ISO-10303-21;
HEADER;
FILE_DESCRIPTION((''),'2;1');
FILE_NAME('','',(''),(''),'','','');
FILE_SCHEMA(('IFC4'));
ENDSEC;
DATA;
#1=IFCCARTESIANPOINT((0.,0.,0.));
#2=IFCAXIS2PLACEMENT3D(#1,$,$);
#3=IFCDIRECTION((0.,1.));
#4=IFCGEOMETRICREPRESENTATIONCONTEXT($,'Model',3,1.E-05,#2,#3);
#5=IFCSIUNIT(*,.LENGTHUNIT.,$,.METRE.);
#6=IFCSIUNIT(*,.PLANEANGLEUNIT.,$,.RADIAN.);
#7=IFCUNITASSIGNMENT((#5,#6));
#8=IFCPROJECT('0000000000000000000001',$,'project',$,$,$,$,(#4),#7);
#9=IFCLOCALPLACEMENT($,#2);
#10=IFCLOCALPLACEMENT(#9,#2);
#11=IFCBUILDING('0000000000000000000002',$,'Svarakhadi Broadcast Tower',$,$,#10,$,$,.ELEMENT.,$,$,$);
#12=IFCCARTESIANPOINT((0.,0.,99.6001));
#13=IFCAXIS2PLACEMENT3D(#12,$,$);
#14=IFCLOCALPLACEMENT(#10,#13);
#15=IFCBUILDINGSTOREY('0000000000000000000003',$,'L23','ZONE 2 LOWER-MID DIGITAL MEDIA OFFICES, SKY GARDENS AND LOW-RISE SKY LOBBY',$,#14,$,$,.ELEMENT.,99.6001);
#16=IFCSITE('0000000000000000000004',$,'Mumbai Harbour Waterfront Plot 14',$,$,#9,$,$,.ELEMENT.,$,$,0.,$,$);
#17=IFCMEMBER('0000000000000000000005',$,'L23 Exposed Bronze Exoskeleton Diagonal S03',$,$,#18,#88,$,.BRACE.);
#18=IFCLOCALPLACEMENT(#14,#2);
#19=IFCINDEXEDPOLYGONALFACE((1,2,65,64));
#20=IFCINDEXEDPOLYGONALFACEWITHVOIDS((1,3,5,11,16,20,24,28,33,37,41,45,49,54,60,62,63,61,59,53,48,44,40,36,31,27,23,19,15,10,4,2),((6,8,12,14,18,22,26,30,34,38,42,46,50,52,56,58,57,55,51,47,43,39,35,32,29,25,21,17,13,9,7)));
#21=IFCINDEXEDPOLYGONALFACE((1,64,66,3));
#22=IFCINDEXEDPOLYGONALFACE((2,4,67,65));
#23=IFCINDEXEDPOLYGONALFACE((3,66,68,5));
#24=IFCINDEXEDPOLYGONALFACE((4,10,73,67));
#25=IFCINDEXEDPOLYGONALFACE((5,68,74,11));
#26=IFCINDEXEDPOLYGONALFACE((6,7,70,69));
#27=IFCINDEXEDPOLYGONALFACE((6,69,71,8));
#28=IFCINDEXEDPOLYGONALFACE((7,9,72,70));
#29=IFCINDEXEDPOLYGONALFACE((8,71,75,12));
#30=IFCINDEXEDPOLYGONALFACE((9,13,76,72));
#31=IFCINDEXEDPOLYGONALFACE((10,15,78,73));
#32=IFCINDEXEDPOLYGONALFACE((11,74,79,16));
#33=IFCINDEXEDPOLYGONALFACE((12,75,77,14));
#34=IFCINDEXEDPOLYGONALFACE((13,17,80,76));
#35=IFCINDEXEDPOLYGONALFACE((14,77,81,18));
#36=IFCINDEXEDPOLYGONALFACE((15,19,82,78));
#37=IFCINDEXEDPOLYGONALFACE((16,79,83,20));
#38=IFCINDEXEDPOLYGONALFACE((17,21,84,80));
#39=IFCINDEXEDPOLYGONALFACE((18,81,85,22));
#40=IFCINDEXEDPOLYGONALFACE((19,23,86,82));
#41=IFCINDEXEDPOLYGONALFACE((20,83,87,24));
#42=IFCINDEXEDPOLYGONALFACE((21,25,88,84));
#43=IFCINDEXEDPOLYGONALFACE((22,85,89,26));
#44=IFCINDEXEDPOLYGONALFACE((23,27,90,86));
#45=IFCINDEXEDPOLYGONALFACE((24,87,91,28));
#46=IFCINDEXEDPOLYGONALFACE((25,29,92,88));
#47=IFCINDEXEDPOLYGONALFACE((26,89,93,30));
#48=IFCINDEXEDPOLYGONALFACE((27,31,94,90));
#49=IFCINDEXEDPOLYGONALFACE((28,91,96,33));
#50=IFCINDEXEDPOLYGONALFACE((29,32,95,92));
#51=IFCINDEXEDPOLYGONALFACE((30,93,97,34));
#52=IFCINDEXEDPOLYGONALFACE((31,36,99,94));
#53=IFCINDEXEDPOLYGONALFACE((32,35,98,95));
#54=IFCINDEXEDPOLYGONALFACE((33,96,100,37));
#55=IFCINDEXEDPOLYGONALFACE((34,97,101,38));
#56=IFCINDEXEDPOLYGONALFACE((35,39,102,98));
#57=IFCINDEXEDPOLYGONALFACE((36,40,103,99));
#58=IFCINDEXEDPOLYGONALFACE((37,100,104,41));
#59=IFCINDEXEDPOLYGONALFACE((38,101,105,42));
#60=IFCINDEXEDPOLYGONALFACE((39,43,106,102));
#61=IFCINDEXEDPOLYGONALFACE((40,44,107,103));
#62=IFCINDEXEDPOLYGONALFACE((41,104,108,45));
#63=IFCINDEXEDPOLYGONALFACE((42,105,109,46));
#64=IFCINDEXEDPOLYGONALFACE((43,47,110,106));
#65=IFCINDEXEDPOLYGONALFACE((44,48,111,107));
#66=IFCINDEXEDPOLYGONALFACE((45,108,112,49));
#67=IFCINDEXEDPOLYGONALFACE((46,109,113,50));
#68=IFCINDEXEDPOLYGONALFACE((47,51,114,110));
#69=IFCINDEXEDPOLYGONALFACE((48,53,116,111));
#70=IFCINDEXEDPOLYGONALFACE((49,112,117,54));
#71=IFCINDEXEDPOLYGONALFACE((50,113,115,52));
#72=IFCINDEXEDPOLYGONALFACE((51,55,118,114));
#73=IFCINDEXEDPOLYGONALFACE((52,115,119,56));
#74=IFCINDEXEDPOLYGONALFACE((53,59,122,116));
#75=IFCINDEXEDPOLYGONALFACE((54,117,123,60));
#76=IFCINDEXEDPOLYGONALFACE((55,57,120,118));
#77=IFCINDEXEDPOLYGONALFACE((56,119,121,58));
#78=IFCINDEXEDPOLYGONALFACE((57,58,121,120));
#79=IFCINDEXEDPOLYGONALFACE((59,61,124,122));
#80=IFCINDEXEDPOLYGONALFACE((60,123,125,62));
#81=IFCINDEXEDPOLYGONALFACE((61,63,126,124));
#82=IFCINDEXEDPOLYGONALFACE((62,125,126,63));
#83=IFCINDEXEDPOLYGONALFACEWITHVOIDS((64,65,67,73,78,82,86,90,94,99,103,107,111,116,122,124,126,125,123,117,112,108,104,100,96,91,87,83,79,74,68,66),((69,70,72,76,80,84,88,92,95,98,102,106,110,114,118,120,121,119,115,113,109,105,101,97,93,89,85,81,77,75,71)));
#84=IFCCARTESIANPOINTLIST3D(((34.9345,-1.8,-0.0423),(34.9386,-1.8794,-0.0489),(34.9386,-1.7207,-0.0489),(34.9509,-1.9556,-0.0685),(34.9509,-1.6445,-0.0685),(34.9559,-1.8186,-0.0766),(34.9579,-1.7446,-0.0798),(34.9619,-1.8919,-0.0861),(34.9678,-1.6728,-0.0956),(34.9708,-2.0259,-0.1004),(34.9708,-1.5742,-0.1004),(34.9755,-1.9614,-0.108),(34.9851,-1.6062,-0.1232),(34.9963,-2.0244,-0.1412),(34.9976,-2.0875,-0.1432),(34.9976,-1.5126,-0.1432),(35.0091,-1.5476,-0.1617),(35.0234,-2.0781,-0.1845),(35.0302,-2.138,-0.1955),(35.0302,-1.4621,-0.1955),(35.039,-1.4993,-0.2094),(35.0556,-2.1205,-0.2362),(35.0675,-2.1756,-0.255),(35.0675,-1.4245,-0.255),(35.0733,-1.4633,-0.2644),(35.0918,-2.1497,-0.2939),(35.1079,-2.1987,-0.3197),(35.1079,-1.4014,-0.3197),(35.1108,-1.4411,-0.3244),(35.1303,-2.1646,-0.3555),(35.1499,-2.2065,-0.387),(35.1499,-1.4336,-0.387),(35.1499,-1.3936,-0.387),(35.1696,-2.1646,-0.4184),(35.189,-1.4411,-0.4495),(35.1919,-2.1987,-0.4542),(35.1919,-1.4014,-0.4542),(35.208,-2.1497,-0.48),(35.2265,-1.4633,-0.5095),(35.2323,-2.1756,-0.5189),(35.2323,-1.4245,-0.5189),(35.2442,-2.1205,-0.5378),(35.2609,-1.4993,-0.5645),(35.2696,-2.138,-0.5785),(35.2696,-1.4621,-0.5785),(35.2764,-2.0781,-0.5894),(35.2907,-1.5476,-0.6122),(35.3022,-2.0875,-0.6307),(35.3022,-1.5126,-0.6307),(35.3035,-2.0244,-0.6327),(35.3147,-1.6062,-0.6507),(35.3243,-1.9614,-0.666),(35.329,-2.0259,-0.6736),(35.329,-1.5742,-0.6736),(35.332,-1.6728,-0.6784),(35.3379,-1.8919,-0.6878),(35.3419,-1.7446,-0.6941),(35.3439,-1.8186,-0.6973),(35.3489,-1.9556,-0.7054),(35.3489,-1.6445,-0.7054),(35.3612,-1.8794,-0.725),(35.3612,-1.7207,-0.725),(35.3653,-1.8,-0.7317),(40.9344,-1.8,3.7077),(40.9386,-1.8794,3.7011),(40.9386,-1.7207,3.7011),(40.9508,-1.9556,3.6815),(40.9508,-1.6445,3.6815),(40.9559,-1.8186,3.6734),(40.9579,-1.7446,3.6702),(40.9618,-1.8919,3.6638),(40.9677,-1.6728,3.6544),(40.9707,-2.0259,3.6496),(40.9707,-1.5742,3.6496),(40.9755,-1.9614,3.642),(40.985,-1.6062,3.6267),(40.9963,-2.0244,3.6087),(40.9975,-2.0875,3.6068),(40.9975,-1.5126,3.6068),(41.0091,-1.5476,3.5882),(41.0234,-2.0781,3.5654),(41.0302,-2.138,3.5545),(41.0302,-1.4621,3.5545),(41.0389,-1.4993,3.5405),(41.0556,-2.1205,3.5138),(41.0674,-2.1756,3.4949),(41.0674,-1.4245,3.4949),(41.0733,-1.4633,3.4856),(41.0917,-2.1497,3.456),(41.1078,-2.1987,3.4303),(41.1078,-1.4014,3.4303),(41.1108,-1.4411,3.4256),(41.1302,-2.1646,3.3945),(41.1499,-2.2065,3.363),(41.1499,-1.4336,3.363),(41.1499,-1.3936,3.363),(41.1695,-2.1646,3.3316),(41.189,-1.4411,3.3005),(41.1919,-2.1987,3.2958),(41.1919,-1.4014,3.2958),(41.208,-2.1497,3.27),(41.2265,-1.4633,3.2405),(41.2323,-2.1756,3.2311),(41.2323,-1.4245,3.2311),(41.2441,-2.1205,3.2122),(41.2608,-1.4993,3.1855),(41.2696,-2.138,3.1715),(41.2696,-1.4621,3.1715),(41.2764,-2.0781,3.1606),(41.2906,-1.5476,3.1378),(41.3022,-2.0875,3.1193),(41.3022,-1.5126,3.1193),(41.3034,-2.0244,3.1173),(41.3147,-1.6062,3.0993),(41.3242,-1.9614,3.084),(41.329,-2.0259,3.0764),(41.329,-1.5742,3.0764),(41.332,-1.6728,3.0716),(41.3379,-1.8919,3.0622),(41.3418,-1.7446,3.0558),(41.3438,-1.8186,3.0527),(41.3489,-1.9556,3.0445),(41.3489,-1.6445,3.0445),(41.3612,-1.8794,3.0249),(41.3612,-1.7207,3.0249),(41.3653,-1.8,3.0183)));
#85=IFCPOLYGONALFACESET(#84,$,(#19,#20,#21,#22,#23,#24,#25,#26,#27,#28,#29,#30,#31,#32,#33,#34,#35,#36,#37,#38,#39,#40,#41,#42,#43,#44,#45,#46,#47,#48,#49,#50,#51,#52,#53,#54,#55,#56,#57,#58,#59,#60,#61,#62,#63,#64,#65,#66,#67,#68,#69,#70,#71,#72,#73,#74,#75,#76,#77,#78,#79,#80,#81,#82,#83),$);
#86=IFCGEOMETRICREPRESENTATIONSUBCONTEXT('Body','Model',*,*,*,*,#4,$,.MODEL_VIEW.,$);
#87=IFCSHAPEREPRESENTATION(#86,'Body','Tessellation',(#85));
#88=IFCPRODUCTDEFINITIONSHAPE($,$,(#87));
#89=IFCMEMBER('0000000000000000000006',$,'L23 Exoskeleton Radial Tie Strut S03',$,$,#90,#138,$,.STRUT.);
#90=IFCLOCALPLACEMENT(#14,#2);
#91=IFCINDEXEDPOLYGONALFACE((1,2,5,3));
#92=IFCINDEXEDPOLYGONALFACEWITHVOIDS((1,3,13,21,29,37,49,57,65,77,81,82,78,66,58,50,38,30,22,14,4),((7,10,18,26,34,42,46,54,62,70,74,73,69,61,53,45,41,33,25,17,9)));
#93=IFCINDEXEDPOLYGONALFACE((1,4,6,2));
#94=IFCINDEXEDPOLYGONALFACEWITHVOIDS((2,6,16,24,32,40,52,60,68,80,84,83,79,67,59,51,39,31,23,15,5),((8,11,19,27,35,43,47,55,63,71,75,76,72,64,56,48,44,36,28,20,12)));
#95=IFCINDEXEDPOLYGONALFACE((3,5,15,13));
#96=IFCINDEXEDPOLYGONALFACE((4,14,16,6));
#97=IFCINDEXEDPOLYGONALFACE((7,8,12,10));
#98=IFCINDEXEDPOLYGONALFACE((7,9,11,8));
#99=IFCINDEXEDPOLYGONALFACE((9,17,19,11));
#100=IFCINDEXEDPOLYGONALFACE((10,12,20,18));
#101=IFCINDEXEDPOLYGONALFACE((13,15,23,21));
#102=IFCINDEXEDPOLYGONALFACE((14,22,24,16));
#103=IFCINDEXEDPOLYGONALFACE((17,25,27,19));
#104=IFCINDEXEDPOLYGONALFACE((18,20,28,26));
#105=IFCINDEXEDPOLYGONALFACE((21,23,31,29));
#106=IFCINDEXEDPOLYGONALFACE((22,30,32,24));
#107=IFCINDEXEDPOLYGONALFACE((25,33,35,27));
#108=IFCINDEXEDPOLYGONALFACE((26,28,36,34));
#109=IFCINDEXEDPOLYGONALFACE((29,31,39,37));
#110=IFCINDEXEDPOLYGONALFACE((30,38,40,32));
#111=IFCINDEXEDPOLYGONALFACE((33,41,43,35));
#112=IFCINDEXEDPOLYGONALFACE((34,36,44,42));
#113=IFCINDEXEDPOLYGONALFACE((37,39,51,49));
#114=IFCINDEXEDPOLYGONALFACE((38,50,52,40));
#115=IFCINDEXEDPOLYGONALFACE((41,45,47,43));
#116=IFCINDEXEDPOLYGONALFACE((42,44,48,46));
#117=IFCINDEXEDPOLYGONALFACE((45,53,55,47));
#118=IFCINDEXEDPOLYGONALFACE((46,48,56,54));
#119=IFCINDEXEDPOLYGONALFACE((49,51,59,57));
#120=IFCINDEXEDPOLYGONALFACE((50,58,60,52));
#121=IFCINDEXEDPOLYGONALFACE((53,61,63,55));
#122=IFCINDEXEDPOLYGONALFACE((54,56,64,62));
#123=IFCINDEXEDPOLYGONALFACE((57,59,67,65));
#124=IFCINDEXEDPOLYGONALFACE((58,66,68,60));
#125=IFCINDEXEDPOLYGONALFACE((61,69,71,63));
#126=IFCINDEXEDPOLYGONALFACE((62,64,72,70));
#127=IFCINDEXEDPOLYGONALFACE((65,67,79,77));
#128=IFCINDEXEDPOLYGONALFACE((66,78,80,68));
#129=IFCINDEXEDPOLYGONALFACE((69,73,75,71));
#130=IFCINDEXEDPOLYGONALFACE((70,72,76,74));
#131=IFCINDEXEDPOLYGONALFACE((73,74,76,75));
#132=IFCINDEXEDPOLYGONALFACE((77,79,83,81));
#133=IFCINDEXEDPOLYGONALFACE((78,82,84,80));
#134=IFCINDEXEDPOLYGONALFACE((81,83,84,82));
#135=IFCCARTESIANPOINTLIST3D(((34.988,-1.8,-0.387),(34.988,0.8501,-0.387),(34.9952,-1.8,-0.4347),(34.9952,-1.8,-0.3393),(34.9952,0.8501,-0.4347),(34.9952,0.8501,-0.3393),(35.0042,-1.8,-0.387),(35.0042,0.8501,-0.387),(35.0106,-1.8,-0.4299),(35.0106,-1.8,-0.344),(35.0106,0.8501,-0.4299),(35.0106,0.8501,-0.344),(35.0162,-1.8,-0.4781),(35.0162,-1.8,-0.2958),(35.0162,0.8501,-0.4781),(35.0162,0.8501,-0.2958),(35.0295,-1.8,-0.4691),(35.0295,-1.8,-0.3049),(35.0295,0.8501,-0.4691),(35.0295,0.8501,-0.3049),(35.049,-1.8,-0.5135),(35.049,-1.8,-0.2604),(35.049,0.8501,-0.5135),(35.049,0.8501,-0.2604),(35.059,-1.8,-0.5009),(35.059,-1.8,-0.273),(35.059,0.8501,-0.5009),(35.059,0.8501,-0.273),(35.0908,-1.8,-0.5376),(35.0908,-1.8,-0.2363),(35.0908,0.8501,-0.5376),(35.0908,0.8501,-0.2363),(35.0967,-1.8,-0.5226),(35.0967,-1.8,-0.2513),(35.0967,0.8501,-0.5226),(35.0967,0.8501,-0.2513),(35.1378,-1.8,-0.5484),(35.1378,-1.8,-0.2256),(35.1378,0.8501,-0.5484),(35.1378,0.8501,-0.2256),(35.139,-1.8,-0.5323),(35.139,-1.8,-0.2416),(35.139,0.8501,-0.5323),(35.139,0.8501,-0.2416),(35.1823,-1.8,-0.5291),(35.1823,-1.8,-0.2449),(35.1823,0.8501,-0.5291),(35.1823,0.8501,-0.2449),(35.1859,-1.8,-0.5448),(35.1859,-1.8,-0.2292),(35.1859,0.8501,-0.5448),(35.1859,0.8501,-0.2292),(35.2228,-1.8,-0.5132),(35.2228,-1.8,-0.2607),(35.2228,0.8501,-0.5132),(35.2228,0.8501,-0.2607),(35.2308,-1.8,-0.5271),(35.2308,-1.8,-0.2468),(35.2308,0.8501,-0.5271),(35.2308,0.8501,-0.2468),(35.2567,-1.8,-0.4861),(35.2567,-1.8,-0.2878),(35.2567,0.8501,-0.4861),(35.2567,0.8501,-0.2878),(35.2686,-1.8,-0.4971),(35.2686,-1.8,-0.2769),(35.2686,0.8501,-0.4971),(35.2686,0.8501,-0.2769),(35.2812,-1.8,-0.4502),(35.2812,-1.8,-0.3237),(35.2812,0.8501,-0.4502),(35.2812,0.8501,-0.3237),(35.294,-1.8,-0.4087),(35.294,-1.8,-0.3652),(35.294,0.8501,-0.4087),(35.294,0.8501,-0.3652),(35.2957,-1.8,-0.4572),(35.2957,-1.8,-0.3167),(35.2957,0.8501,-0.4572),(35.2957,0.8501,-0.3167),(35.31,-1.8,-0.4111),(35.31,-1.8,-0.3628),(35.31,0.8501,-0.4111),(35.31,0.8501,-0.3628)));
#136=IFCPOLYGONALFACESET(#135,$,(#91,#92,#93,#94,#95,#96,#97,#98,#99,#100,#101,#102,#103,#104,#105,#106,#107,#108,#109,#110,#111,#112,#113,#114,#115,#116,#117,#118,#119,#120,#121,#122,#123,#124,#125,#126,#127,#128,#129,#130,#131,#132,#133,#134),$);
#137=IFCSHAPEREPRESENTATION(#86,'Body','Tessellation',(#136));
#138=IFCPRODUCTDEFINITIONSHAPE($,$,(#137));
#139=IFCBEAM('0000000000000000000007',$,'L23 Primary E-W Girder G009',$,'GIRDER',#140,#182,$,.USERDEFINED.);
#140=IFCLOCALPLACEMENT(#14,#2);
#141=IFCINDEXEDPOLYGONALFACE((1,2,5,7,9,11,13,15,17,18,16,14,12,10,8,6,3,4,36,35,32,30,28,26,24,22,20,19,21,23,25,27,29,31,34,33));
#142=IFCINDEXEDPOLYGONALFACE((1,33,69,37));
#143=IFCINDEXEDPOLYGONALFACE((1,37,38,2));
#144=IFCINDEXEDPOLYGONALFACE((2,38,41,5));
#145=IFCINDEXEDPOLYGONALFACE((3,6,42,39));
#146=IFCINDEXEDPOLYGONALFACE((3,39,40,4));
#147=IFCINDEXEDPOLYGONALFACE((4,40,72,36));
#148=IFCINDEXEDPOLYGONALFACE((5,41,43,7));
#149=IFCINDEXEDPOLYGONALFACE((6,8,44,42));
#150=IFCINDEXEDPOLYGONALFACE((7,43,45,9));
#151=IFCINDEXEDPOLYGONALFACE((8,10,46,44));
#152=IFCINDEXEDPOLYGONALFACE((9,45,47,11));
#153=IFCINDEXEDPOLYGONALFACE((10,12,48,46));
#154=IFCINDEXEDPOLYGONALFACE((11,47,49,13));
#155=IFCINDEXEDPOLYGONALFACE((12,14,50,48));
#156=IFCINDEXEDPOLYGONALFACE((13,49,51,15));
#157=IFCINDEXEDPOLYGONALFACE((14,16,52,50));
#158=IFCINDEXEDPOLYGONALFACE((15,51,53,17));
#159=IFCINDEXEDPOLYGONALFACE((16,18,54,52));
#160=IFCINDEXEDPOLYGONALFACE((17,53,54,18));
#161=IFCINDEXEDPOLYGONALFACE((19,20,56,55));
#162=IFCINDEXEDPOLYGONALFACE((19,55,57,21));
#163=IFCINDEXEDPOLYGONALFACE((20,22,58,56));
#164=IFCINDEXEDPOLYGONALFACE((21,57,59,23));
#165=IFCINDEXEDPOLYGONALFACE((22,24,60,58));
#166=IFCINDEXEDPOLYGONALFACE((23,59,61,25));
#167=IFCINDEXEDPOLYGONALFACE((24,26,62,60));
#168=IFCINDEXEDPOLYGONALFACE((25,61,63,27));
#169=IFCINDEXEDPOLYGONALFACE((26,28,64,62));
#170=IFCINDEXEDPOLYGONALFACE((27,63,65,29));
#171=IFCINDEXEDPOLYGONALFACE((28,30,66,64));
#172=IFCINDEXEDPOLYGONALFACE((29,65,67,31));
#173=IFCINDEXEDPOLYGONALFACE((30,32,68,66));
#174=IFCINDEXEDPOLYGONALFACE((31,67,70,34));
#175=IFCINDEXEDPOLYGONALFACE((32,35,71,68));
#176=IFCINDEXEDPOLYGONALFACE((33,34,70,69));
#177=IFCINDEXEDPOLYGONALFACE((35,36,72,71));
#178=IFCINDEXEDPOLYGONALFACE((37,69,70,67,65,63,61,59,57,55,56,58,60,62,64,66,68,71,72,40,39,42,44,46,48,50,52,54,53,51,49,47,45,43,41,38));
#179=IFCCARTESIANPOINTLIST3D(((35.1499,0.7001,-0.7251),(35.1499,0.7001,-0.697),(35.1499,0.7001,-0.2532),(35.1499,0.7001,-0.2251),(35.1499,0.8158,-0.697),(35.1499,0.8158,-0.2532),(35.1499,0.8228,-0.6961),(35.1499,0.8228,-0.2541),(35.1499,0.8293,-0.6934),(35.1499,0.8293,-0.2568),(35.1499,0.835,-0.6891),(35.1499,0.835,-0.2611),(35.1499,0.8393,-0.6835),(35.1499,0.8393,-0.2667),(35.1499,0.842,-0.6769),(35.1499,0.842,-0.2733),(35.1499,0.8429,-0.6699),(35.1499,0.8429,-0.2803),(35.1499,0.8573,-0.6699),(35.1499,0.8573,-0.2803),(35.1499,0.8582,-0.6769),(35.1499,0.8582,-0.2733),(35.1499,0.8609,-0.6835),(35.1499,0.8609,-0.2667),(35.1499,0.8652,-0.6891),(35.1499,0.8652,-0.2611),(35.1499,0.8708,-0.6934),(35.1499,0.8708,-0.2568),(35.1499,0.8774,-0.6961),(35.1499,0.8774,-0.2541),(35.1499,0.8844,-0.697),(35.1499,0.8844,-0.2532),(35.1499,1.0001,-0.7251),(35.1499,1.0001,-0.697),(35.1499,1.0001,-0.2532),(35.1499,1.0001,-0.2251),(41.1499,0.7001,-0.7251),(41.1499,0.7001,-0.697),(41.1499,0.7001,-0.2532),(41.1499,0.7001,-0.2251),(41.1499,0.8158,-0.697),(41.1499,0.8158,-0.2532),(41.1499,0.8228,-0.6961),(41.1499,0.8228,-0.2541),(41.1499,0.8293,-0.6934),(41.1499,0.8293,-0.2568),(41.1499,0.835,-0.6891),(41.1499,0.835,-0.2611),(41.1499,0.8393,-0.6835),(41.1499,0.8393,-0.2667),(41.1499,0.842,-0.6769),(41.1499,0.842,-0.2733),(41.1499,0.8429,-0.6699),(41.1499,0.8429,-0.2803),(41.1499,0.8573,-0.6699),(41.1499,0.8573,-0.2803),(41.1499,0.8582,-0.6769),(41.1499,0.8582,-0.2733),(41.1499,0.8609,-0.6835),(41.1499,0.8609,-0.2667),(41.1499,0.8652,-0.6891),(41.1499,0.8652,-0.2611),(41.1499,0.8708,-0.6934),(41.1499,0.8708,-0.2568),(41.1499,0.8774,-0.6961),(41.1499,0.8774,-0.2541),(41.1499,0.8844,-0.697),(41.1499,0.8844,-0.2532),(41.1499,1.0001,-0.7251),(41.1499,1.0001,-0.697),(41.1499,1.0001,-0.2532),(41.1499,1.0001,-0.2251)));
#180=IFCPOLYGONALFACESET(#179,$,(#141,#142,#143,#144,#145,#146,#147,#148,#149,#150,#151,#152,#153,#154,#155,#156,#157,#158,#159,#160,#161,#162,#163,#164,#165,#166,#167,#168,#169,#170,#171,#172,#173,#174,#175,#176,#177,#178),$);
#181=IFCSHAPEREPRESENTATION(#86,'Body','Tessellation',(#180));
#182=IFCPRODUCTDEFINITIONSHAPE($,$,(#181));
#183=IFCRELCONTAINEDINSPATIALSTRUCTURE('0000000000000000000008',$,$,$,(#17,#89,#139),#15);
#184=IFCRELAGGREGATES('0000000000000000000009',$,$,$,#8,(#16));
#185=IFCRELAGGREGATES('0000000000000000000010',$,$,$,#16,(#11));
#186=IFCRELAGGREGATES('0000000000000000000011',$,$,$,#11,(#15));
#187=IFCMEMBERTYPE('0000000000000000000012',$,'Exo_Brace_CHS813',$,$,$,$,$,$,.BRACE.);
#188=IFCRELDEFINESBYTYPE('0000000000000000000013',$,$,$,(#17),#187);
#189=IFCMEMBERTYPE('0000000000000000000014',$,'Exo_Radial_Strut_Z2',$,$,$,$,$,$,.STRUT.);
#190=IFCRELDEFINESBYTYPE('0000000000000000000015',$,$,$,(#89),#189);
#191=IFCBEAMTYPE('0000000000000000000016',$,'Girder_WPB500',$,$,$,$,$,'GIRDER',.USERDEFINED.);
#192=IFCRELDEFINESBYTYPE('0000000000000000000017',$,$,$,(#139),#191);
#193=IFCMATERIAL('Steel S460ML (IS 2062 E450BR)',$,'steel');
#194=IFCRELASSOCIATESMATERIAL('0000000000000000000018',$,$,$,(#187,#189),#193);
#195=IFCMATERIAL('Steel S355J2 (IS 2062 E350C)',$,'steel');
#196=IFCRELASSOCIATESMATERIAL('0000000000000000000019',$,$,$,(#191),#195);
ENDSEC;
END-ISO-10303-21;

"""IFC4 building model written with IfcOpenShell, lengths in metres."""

from ifc_helpers import new_model, si_unit, direction, frame, origin, origin_2d, place, context, subcontext, project, spatial, hollow_circle, i_section, extrude, material, material_profile, profile_set, type_object, element, save


model = new_model("IFC4")

# Units and contexts
model_context = context("Model", 3, precision=1e-05, world=origin(), true_north=direction((0.0, 1.0)))
body_context = subcontext(model_context, "Body", "Model", "MODEL_VIEW")
ifc_project = project(units=[si_unit("LENGTHUNIT", "METRE"), si_unit("PLANEANGLEUNIT", "RADIAN")], contexts=[model_context])

# Site, building, storey
site_placement = place(None, origin())
site = spatial("IfcSite", under=ifc_project, at=site_placement, Name="Mumbai Harbour Waterfront Plot 14", CompositionType="ELEMENT", RefElevation=0.0)
building_placement = place(site_placement, origin())
building = spatial("IfcBuilding", under=site, at=building_placement, Name="Svarakhadi Broadcast Tower", CompositionType="ELEMENT")
storey_placement = place(building_placement, frame((0.0, 0.0, 99.6001)))
storey = spatial("IfcBuildingStorey", under=building, at=storey_placement, Name="L23", Description="ZONE 2 LOWER-MID DIGITAL MEDIA OFFICES, SKY GARDENS AND LOW-RISE SKY LOBBY", CompositionType="ELEMENT", Elevation=99.6001)

# Shared definitions
ifc_material_1 = material(Name="Steel S460ML (IS 2062 E450BR)", Category="steel")

# Shared definitions
ifc_material_2 = material(Name="Steel S355J2 (IS 2062 E350C)", Category="steel")

# Members
ifc_material_profile_1 = material_profile(ifc_material_1, hollow_circle(Radius=0.4065, WallThickness=0.04, at=origin_2d()), Name="CHS 813x40")
ifc_profile_set_1 = profile_set([ifc_material_profile_1], Name="Steel S460ML (IS 2062 E450BR)")
member_type_1 = type_object("IfcMemberType", Name="Exo_Brace_CHS813", PredefinedType="BRACE", material=ifc_profile_set_1)
member_1_placement = place(storey_placement, frame((35.1499, -1.8, -0.387), z_axis=(0.847998, 0.0, 0.529999), x_axis=(0.0, 1.0, 0.0)))
element("IfcMember", 1, at=member_1_placement, inside=storey, type_object=member_type_1, Name="L23 Exposed Bronze Exoskeleton Diagonal S03", PredefinedType="BRACE", context=body_context, shape_type="SweptSolid", body=[
    extrude(hollow_circle(Radius=0.4065, WallThickness=0.04, at=origin_2d()), origin(), (0.0, 0.0, 1.0), 7.0754),
])
ifc_material_profile_2 = material_profile(ifc_material_1, hollow_circle(Radius=0.1619, WallThickness=0.0161, at=origin_2d()), Name="CHS 323.9x16")
ifc_profile_set_2 = profile_set([ifc_material_profile_2], Name="Steel S460ML (IS 2062 E450BR)")
member_type_2 = type_object("IfcMemberType", Name="Exo_Radial_Strut_Z2", PredefinedType="STRUT", material=ifc_profile_set_2)
member_2_placement = place(storey_placement, frame((35.1499, -1.8, -0.387), z_axis=(0.0, 1.0, 0.0), x_axis=(-1.0, 0.0, 0.0)))
element("IfcMember", 2, at=member_2_placement, inside=storey, type_object=member_type_2, Name="L23 Exoskeleton Radial Tie Strut S03", PredefinedType="STRUT", context=body_context, shape_type="SweptSolid", body=[
    extrude(hollow_circle(Radius=0.1619, WallThickness=0.0161, at=origin_2d()), origin(), (0.0, 0.0, 1.0), 2.6501),
])

# Beam
ifc_material_profile_3 = material_profile(ifc_material_2, i_section(OverallWidth=0.3, OverallDepth=0.5, WebThickness=0.0144, FlangeThickness=0.0281, FilletRadius=0.0271, at=origin_2d()), Name="WPB 500x300x187")
ifc_profile_set_3 = profile_set([ifc_material_profile_3], Name="Steel S355J2 (IS 2062 E350C)")
beam_type_1 = type_object("IfcBeamType", Name="Girder_WPB500", ElementType="GIRDER", PredefinedType="USERDEFINED", material=ifc_profile_set_3)
for number, where, z_axis, x_axis, name in (
    (3, (35.1499, 0.8501, -0.4751), (1.0, 0.0, 0.0), (0.0, 1.0, 0.0), "L23 Primary E-W Girder G009"),
):
    element("IfcBeam", number, at=place(storey_placement, frame(where, z_axis=z_axis, x_axis=x_axis)), inside=storey, type_object=beam_type_1, Name=name, ObjectType="GIRDER", PredefinedType="USERDEFINED", context=body_context, shape_type="SweptSolid", body=[
        extrude(i_section(OverallWidth=0.3, OverallDepth=0.5, WebThickness=0.0144, FlangeThickness=0.0281, FilletRadius=0.0271, at=origin_2d()), origin(), (0.0, 0.0, 1.0), 6.0),
    ])

save(model, "model.ifc")
